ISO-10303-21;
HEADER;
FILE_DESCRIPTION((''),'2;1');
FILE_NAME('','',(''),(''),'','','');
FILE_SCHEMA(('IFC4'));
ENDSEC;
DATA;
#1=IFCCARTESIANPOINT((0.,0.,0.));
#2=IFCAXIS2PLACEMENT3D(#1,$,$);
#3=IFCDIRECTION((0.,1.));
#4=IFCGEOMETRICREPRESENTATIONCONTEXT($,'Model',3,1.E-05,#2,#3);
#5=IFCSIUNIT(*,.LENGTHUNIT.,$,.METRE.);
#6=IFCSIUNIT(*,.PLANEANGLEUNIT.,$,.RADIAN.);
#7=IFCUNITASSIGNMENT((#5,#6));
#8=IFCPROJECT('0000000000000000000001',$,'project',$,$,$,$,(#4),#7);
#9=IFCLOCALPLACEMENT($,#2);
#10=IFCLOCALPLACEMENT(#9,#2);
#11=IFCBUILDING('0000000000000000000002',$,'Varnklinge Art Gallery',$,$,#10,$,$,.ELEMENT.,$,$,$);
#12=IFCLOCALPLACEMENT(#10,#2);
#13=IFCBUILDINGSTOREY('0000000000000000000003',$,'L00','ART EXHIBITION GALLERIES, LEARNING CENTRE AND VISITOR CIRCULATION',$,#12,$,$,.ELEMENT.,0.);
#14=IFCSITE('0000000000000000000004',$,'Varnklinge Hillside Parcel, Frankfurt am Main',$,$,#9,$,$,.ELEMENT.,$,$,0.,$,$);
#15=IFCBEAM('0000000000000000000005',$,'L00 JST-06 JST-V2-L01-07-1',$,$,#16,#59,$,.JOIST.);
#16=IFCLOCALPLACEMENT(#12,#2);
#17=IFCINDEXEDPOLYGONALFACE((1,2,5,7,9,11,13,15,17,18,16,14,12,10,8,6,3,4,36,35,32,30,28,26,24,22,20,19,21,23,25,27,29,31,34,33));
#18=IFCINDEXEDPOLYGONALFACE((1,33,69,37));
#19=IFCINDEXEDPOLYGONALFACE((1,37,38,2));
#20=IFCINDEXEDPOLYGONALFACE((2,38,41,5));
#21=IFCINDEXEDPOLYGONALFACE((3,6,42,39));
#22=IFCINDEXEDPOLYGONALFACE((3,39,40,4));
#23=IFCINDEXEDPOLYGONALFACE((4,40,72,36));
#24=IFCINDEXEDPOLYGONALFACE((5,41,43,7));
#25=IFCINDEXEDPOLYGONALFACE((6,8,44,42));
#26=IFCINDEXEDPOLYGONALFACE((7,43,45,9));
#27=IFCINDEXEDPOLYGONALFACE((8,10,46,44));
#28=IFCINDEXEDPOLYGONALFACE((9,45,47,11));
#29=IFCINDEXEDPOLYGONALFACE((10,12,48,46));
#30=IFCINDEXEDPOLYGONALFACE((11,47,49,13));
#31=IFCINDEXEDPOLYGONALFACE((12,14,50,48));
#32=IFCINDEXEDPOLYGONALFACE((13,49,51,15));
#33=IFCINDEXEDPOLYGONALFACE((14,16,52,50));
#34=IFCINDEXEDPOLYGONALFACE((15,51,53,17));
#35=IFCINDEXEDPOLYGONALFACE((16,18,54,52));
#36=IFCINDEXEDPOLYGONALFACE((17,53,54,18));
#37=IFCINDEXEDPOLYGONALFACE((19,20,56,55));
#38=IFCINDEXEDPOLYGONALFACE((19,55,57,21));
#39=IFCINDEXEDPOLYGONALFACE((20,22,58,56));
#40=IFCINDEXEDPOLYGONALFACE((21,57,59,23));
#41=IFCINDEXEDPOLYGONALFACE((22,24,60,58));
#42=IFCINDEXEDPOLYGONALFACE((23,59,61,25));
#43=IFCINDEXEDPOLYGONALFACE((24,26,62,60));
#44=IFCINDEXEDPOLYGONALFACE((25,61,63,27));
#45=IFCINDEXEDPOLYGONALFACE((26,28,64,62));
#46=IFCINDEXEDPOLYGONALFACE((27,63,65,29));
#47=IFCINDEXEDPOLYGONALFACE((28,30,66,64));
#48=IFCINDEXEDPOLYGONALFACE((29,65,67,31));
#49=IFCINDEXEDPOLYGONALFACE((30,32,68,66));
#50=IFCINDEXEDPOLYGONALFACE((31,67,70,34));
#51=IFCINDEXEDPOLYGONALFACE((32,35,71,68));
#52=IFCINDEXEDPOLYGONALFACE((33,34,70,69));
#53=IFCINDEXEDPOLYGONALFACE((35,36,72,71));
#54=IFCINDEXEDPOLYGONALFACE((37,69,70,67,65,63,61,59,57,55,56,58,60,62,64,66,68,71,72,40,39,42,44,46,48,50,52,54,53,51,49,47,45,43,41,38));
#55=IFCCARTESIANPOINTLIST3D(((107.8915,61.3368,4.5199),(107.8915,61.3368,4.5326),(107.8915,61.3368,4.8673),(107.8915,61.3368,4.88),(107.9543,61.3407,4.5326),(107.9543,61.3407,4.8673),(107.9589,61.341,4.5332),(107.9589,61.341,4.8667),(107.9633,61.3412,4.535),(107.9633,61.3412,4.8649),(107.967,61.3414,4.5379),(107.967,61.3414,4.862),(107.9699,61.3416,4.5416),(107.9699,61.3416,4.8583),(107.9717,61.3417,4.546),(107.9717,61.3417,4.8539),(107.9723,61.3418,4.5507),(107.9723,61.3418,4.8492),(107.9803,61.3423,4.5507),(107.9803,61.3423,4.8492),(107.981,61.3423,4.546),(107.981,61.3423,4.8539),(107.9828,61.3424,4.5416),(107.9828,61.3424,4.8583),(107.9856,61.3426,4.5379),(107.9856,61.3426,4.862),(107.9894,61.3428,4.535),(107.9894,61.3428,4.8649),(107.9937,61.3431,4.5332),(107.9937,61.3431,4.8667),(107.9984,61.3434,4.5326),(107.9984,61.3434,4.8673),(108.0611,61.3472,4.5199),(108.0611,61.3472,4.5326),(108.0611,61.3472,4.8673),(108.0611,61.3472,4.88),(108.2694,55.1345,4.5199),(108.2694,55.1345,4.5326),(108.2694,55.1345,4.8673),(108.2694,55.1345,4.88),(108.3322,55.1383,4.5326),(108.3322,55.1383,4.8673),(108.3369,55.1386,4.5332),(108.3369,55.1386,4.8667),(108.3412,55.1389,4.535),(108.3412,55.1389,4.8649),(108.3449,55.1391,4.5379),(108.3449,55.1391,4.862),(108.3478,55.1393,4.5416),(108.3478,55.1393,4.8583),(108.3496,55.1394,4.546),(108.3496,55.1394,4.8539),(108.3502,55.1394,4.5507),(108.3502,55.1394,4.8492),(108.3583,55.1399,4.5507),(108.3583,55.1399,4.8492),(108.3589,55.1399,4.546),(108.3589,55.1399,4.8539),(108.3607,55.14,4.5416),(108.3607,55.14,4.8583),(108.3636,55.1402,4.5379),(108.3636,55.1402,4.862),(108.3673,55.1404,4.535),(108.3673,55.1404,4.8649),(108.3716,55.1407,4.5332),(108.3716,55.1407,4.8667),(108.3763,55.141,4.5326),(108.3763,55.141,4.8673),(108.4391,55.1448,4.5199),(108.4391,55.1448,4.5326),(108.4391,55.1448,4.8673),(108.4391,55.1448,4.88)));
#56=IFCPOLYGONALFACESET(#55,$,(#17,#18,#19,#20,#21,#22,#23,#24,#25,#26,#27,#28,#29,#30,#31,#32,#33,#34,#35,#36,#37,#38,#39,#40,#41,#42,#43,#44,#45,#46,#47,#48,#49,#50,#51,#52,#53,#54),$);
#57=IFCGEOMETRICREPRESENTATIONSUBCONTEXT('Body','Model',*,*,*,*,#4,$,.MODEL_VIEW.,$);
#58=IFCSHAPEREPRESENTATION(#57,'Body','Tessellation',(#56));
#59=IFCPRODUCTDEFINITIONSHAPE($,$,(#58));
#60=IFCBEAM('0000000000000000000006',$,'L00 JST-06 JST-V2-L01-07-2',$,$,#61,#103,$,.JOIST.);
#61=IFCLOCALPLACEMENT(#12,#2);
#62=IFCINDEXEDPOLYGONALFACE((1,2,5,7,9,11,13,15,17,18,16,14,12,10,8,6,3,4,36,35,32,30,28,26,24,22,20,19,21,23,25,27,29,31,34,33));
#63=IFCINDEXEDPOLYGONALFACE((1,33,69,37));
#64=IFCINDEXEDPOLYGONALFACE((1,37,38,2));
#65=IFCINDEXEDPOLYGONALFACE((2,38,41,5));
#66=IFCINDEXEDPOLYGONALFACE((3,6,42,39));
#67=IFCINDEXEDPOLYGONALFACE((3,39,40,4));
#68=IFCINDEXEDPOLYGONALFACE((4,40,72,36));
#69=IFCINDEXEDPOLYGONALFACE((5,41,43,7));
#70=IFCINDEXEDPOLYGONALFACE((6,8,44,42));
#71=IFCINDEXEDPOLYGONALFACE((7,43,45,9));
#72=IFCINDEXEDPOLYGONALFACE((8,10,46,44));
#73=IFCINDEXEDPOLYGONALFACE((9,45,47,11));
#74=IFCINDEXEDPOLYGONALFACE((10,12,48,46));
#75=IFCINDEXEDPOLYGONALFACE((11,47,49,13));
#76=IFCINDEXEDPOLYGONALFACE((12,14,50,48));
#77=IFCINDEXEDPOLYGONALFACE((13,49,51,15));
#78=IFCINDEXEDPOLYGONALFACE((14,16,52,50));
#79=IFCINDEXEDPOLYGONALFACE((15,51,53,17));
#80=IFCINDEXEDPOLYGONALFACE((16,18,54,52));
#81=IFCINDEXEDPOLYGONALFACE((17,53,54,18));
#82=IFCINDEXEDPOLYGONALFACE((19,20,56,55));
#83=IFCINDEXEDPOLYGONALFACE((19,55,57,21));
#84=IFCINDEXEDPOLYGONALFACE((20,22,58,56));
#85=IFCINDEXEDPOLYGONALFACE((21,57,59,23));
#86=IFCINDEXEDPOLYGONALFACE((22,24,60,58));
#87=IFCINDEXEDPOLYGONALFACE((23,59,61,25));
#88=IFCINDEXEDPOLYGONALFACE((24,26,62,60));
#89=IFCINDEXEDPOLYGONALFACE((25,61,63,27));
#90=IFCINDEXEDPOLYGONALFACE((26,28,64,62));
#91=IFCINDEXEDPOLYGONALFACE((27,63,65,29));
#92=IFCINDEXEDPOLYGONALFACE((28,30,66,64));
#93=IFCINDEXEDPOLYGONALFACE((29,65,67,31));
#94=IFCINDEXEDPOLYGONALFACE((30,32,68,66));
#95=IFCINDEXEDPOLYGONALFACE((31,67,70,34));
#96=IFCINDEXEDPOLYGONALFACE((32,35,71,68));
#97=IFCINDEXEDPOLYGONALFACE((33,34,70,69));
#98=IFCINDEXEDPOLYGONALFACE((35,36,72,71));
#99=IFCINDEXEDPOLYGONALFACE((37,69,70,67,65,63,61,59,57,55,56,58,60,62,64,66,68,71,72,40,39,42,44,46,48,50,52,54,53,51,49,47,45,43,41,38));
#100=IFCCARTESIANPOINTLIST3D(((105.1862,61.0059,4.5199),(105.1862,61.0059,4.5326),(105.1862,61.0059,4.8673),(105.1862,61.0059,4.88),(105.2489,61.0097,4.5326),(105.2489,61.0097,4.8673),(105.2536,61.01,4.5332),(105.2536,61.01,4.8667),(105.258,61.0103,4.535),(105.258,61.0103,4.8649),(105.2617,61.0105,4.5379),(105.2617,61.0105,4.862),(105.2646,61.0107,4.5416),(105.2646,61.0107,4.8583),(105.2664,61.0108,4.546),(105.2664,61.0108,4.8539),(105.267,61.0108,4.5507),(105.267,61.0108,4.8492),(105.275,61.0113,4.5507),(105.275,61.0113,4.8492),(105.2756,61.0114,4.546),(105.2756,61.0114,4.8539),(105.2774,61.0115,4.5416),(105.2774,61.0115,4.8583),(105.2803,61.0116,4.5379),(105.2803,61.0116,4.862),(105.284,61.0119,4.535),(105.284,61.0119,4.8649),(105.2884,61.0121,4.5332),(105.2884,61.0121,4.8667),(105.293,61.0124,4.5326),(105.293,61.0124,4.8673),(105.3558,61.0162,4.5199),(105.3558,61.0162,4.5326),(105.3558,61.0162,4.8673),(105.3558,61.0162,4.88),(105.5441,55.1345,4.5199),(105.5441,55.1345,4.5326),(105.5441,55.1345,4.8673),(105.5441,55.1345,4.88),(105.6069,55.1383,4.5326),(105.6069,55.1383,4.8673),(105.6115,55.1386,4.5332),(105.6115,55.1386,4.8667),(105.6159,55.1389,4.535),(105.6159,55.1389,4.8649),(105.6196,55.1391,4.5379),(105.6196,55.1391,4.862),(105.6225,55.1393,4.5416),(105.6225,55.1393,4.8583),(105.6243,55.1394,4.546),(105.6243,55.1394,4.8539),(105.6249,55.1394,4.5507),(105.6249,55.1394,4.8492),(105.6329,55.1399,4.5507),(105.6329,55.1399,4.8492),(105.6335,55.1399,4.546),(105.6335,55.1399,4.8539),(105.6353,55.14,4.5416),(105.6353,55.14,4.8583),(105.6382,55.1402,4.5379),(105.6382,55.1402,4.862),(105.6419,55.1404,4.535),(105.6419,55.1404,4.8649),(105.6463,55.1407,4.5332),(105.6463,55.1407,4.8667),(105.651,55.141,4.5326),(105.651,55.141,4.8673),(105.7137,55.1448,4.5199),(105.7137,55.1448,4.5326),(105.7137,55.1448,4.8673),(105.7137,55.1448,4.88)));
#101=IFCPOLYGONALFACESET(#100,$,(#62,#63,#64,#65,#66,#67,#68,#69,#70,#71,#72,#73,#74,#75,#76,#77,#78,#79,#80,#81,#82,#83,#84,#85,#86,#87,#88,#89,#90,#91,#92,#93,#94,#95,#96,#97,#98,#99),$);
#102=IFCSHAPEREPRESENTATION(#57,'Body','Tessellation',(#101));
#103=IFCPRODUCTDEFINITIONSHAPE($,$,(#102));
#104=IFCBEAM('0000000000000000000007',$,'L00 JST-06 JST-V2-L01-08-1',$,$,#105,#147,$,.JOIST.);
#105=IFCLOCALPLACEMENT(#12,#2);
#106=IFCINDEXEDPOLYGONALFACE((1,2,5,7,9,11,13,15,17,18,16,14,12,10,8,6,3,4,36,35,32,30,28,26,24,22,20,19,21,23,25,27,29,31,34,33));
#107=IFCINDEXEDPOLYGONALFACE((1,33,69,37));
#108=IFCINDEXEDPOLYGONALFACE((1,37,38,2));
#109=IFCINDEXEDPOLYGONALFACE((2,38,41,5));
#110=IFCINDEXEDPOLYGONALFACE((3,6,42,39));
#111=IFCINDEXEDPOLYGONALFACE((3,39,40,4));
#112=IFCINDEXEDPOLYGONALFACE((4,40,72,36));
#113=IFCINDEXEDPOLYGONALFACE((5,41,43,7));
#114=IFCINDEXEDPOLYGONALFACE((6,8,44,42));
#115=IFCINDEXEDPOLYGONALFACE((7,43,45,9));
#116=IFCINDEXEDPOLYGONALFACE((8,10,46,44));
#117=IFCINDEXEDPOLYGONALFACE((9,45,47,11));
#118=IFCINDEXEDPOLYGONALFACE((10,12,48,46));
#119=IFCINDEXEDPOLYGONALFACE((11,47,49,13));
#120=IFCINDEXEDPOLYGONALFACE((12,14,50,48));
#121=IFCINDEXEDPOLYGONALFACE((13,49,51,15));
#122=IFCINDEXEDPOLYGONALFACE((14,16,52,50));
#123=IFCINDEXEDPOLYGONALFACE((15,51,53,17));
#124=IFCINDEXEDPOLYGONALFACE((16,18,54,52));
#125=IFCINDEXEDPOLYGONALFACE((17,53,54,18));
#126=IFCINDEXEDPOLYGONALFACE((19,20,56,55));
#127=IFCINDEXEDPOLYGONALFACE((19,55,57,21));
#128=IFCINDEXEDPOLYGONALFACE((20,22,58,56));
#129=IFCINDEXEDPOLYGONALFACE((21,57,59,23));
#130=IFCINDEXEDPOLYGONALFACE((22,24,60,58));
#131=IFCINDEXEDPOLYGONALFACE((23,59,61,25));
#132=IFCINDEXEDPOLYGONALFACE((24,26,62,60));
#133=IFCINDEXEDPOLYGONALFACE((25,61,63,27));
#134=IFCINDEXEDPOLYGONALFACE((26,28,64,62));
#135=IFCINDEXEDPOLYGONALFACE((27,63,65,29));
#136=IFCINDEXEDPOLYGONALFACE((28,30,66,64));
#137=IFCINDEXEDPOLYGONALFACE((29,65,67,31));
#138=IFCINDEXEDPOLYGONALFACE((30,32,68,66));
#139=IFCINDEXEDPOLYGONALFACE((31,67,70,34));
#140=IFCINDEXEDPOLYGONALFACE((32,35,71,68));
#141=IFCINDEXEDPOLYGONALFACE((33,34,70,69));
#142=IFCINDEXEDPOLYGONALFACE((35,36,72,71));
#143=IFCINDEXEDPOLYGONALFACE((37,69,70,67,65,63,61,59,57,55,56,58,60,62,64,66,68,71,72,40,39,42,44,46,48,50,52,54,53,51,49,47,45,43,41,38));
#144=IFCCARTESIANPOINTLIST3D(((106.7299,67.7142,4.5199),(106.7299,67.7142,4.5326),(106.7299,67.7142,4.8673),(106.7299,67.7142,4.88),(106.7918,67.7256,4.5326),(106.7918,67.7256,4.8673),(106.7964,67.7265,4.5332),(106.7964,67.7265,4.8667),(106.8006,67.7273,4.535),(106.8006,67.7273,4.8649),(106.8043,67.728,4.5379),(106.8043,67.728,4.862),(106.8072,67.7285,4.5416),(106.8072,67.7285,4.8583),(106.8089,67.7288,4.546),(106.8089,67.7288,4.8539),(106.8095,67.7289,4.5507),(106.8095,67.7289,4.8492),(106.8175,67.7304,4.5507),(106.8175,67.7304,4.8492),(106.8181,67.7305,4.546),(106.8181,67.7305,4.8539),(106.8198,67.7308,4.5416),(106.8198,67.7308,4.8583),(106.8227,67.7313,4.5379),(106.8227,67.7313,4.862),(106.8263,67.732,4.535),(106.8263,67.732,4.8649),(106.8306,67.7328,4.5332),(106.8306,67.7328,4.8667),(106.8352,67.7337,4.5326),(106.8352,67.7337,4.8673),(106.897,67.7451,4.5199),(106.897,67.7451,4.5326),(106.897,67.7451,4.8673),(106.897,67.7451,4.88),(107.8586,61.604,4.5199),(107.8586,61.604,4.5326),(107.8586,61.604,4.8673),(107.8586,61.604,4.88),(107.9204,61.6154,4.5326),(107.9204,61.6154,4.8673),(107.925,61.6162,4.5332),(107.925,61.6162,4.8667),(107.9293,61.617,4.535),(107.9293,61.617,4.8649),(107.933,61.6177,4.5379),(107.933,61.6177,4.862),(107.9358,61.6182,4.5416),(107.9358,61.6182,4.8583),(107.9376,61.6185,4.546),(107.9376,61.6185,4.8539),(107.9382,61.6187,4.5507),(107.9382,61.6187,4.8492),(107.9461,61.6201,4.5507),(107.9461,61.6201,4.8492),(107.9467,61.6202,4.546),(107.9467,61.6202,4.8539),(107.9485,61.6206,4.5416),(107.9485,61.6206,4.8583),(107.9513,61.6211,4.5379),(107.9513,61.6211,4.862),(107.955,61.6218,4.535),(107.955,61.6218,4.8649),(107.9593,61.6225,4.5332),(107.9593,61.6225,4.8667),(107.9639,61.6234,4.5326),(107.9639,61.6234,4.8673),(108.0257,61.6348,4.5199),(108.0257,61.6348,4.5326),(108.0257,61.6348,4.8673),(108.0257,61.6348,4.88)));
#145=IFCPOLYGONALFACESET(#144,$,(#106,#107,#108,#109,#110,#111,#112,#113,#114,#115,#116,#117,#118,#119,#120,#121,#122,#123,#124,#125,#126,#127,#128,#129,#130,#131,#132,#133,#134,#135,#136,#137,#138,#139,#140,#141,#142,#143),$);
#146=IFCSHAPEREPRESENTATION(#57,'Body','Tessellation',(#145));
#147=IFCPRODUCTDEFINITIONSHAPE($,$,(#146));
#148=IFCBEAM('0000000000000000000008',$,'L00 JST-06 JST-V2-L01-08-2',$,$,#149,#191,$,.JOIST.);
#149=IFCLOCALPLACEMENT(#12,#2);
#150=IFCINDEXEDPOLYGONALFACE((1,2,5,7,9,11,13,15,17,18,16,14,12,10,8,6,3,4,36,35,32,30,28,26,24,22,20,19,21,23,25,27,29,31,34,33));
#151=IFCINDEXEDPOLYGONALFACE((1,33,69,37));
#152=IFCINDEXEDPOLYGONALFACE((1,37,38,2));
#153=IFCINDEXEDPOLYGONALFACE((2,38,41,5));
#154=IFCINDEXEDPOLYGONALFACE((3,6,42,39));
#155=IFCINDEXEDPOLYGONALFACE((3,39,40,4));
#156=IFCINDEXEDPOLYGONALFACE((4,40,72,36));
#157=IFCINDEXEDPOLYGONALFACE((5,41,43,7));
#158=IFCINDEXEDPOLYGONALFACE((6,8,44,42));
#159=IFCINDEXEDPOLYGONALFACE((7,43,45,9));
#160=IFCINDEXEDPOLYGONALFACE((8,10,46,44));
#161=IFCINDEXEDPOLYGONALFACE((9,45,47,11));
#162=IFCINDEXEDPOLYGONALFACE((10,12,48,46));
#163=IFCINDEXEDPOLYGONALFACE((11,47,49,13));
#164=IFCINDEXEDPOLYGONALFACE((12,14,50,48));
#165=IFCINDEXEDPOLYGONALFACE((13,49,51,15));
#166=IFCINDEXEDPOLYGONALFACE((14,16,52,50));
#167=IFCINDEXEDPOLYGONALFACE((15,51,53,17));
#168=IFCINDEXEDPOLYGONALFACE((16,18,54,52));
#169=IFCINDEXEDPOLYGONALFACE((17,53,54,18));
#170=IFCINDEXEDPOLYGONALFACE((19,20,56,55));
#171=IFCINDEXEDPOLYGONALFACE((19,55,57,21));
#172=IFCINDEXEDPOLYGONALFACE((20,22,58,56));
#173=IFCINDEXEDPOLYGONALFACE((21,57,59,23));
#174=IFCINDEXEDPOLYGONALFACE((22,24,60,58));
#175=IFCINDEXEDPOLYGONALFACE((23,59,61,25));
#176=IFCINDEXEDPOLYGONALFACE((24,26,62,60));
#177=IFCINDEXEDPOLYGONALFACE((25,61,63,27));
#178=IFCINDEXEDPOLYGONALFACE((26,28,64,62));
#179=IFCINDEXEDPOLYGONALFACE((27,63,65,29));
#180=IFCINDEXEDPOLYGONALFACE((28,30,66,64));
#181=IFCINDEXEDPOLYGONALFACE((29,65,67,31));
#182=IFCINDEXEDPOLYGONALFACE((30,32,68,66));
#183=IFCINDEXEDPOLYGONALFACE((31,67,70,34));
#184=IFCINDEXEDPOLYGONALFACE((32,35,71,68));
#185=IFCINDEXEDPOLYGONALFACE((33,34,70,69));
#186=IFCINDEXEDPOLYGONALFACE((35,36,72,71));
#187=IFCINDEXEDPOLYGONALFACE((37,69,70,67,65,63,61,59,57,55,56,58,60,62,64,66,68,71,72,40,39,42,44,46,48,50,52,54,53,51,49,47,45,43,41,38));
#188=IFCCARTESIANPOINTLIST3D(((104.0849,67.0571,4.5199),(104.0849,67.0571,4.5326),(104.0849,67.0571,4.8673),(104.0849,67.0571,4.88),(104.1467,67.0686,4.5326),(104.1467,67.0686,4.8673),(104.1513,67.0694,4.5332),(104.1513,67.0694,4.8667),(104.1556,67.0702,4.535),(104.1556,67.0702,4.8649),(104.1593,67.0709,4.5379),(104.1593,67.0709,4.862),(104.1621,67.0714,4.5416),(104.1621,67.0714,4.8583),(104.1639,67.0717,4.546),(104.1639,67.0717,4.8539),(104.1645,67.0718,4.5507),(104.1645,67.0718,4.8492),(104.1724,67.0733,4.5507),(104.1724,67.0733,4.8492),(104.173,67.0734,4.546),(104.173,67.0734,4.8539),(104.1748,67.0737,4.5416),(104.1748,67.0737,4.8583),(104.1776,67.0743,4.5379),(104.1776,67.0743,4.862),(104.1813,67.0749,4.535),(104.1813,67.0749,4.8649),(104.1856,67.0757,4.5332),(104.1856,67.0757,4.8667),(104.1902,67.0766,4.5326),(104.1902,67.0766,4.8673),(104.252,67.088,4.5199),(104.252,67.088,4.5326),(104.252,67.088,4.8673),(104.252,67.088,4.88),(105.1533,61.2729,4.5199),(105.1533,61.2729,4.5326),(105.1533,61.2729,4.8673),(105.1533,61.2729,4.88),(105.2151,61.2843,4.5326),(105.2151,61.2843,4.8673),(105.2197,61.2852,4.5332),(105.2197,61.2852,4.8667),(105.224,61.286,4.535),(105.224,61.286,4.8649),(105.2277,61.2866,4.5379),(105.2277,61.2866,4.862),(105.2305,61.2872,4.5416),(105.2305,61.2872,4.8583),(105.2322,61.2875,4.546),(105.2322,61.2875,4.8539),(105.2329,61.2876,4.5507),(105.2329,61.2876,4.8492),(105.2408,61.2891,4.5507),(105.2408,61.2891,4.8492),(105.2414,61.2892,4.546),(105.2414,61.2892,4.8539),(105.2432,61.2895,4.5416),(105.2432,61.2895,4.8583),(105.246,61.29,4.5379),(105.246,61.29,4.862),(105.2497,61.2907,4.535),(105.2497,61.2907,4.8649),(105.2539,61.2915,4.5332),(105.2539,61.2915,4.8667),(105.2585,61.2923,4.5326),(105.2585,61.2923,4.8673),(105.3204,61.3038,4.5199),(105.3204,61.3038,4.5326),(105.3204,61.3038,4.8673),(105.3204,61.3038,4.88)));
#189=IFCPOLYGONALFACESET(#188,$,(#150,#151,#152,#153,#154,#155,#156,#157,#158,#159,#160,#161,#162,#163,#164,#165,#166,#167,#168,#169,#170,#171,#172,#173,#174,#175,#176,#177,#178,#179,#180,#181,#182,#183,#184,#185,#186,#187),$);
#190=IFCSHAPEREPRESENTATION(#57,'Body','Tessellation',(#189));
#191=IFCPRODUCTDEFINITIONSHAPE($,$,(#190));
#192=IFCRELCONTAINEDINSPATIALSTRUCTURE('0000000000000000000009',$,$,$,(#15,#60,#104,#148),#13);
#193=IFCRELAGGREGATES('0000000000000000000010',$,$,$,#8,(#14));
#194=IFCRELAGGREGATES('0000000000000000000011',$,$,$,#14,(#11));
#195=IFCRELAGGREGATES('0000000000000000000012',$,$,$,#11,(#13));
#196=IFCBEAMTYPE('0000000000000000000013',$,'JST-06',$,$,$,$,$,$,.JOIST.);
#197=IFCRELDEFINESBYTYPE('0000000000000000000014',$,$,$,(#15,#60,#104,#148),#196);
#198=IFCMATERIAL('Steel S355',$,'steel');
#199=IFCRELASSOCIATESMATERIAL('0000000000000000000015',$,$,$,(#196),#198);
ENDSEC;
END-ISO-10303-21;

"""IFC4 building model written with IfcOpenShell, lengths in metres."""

from ifc_helpers import new_model, si_unit, direction, frame, origin, origin_2d, place, context, subcontext, project, spatial, i_section, extrude, material, material_profile, profile_set, type_object, element, save


model = new_model("IFC4")

# Units and contexts
model_context = context("Model", 3, precision=1e-05, world=origin(), true_north=direction((0.0, 1.0)))
body_context = subcontext(model_context, "Body", "Model", "MODEL_VIEW")
ifc_project = project(units=[si_unit("LENGTHUNIT", "METRE"), si_unit("PLANEANGLEUNIT", "RADIAN")], contexts=[model_context])

# Site, building, storey
site_placement = place(None, origin())
site = spatial("IfcSite", under=ifc_project, at=site_placement, Name="Varnklinge Hillside Parcel, Frankfurt am Main", CompositionType="ELEMENT", RefElevation=0.0)
building_placement = place(site_placement, origin())
building = spatial("IfcBuilding", under=site, at=building_placement, Name="Varnklinge Art Gallery", CompositionType="ELEMENT")
storey_placement = place(building_placement, origin())
storey = spatial("IfcBuildingStorey", under=building, at=storey_placement, Name="L00", Description="ART EXHIBITION GALLERIES, LEARNING CENTRE AND VISITOR CIRCULATION", CompositionType="ELEMENT", Elevation=0.0)

# Beams
ifc_material_1 = material(Name="Steel S355", Category="steel")
ifc_material_profile_1 = material_profile(ifc_material_1, i_section(OverallWidth=0.1699, OverallDepth=0.3601, WebThickness=0.0081, FlangeThickness=0.0127, FilletRadius=0.0181, at=origin_2d()), Name="IPE 360")
ifc_profile_set_1 = profile_set([ifc_material_profile_1], Name="Steel S355")
beam_type_1 = type_object("IfcBeamType", Name="JST-06", PredefinedType="JOIST", material=ifc_profile_set_1)
beam_1_placement = place(storey_placement, frame((108.3542, 55.1396, 4.7), z_axis=(-0.06082, 0.998149, 0.0), x_axis=(-0.998149, -0.06082, 0.0)))
element("IfcBeam", 1, at=beam_1_placement, inside=storey, type_object=beam_type_1, Name="L00 JST-06 JST-V2-L01-07-1", PredefinedType="JOIST", context=body_context, shape_type="SweptSolid", body=[
    extrude(i_section(OverallWidth=0.1699, OverallDepth=0.3601, WebThickness=0.0081, FlangeThickness=0.0127, FilletRadius=0.0181, at=origin_2d()), origin(), (0.0, 0.0, 1.0), 6.2139),
])
beam_2_placement = place(storey_placement, frame((105.6289, 55.1396, 4.7), z_axis=(-0.060846, 0.998147, 0.0), x_axis=(-0.998147, -0.060846, 0.0)))
element("IfcBeam", 2, at=beam_2_placement, inside=storey, type_object=beam_type_1, Name="L00 JST-06 JST-V2-L01-07-2", PredefinedType="JOIST", context=body_context, shape_type="SweptSolid", body=[
    extrude(i_section(OverallWidth=0.1699, OverallDepth=0.3601, WebThickness=0.0081, FlangeThickness=0.0127, FilletRadius=0.0181, at=origin_2d()), origin(), (0.0, 0.0, 1.0), 5.8823),
])
beam_3_placement = place(storey_placement, frame((107.9421, 61.6194, 4.7), z_axis=(-0.18164, 0.983365, 0.0), x_axis=(-0.983365, -0.18164, 0.0)))
element("IfcBeam", 3, at=beam_3_placement, inside=storey, type_object=beam_type_1, Name="L00 JST-06 JST-V2-L01-08-1", PredefinedType="JOIST", context=body_context, shape_type="SweptSolid", body=[
    extrude(i_section(OverallWidth=0.1699, OverallDepth=0.3601, WebThickness=0.0081, FlangeThickness=0.0127, FilletRadius=0.0181, at=origin_2d()), origin(), (0.0, 0.0, 1.0), 6.2136),
])
beam_4_placement = place(storey_placement, frame((105.2368, 61.2883, 4.7), z_axis=(-0.181631, 0.983367, 0.0), x_axis=(-0.983367, -0.181631, 0.0)))
element("IfcBeam", 4, at=beam_4_placement, inside=storey, type_object=beam_type_1, Name="L00 JST-06 JST-V2-L01-08-2", PredefinedType="JOIST", context=body_context, shape_type="SweptSolid", body=[
    extrude(i_section(OverallWidth=0.1699, OverallDepth=0.3601, WebThickness=0.0081, FlangeThickness=0.0127, FilletRadius=0.0181, at=origin_2d()), origin(), (0.0, 0.0, 1.0), 5.8821),
])

save(model, "model.ifc")
